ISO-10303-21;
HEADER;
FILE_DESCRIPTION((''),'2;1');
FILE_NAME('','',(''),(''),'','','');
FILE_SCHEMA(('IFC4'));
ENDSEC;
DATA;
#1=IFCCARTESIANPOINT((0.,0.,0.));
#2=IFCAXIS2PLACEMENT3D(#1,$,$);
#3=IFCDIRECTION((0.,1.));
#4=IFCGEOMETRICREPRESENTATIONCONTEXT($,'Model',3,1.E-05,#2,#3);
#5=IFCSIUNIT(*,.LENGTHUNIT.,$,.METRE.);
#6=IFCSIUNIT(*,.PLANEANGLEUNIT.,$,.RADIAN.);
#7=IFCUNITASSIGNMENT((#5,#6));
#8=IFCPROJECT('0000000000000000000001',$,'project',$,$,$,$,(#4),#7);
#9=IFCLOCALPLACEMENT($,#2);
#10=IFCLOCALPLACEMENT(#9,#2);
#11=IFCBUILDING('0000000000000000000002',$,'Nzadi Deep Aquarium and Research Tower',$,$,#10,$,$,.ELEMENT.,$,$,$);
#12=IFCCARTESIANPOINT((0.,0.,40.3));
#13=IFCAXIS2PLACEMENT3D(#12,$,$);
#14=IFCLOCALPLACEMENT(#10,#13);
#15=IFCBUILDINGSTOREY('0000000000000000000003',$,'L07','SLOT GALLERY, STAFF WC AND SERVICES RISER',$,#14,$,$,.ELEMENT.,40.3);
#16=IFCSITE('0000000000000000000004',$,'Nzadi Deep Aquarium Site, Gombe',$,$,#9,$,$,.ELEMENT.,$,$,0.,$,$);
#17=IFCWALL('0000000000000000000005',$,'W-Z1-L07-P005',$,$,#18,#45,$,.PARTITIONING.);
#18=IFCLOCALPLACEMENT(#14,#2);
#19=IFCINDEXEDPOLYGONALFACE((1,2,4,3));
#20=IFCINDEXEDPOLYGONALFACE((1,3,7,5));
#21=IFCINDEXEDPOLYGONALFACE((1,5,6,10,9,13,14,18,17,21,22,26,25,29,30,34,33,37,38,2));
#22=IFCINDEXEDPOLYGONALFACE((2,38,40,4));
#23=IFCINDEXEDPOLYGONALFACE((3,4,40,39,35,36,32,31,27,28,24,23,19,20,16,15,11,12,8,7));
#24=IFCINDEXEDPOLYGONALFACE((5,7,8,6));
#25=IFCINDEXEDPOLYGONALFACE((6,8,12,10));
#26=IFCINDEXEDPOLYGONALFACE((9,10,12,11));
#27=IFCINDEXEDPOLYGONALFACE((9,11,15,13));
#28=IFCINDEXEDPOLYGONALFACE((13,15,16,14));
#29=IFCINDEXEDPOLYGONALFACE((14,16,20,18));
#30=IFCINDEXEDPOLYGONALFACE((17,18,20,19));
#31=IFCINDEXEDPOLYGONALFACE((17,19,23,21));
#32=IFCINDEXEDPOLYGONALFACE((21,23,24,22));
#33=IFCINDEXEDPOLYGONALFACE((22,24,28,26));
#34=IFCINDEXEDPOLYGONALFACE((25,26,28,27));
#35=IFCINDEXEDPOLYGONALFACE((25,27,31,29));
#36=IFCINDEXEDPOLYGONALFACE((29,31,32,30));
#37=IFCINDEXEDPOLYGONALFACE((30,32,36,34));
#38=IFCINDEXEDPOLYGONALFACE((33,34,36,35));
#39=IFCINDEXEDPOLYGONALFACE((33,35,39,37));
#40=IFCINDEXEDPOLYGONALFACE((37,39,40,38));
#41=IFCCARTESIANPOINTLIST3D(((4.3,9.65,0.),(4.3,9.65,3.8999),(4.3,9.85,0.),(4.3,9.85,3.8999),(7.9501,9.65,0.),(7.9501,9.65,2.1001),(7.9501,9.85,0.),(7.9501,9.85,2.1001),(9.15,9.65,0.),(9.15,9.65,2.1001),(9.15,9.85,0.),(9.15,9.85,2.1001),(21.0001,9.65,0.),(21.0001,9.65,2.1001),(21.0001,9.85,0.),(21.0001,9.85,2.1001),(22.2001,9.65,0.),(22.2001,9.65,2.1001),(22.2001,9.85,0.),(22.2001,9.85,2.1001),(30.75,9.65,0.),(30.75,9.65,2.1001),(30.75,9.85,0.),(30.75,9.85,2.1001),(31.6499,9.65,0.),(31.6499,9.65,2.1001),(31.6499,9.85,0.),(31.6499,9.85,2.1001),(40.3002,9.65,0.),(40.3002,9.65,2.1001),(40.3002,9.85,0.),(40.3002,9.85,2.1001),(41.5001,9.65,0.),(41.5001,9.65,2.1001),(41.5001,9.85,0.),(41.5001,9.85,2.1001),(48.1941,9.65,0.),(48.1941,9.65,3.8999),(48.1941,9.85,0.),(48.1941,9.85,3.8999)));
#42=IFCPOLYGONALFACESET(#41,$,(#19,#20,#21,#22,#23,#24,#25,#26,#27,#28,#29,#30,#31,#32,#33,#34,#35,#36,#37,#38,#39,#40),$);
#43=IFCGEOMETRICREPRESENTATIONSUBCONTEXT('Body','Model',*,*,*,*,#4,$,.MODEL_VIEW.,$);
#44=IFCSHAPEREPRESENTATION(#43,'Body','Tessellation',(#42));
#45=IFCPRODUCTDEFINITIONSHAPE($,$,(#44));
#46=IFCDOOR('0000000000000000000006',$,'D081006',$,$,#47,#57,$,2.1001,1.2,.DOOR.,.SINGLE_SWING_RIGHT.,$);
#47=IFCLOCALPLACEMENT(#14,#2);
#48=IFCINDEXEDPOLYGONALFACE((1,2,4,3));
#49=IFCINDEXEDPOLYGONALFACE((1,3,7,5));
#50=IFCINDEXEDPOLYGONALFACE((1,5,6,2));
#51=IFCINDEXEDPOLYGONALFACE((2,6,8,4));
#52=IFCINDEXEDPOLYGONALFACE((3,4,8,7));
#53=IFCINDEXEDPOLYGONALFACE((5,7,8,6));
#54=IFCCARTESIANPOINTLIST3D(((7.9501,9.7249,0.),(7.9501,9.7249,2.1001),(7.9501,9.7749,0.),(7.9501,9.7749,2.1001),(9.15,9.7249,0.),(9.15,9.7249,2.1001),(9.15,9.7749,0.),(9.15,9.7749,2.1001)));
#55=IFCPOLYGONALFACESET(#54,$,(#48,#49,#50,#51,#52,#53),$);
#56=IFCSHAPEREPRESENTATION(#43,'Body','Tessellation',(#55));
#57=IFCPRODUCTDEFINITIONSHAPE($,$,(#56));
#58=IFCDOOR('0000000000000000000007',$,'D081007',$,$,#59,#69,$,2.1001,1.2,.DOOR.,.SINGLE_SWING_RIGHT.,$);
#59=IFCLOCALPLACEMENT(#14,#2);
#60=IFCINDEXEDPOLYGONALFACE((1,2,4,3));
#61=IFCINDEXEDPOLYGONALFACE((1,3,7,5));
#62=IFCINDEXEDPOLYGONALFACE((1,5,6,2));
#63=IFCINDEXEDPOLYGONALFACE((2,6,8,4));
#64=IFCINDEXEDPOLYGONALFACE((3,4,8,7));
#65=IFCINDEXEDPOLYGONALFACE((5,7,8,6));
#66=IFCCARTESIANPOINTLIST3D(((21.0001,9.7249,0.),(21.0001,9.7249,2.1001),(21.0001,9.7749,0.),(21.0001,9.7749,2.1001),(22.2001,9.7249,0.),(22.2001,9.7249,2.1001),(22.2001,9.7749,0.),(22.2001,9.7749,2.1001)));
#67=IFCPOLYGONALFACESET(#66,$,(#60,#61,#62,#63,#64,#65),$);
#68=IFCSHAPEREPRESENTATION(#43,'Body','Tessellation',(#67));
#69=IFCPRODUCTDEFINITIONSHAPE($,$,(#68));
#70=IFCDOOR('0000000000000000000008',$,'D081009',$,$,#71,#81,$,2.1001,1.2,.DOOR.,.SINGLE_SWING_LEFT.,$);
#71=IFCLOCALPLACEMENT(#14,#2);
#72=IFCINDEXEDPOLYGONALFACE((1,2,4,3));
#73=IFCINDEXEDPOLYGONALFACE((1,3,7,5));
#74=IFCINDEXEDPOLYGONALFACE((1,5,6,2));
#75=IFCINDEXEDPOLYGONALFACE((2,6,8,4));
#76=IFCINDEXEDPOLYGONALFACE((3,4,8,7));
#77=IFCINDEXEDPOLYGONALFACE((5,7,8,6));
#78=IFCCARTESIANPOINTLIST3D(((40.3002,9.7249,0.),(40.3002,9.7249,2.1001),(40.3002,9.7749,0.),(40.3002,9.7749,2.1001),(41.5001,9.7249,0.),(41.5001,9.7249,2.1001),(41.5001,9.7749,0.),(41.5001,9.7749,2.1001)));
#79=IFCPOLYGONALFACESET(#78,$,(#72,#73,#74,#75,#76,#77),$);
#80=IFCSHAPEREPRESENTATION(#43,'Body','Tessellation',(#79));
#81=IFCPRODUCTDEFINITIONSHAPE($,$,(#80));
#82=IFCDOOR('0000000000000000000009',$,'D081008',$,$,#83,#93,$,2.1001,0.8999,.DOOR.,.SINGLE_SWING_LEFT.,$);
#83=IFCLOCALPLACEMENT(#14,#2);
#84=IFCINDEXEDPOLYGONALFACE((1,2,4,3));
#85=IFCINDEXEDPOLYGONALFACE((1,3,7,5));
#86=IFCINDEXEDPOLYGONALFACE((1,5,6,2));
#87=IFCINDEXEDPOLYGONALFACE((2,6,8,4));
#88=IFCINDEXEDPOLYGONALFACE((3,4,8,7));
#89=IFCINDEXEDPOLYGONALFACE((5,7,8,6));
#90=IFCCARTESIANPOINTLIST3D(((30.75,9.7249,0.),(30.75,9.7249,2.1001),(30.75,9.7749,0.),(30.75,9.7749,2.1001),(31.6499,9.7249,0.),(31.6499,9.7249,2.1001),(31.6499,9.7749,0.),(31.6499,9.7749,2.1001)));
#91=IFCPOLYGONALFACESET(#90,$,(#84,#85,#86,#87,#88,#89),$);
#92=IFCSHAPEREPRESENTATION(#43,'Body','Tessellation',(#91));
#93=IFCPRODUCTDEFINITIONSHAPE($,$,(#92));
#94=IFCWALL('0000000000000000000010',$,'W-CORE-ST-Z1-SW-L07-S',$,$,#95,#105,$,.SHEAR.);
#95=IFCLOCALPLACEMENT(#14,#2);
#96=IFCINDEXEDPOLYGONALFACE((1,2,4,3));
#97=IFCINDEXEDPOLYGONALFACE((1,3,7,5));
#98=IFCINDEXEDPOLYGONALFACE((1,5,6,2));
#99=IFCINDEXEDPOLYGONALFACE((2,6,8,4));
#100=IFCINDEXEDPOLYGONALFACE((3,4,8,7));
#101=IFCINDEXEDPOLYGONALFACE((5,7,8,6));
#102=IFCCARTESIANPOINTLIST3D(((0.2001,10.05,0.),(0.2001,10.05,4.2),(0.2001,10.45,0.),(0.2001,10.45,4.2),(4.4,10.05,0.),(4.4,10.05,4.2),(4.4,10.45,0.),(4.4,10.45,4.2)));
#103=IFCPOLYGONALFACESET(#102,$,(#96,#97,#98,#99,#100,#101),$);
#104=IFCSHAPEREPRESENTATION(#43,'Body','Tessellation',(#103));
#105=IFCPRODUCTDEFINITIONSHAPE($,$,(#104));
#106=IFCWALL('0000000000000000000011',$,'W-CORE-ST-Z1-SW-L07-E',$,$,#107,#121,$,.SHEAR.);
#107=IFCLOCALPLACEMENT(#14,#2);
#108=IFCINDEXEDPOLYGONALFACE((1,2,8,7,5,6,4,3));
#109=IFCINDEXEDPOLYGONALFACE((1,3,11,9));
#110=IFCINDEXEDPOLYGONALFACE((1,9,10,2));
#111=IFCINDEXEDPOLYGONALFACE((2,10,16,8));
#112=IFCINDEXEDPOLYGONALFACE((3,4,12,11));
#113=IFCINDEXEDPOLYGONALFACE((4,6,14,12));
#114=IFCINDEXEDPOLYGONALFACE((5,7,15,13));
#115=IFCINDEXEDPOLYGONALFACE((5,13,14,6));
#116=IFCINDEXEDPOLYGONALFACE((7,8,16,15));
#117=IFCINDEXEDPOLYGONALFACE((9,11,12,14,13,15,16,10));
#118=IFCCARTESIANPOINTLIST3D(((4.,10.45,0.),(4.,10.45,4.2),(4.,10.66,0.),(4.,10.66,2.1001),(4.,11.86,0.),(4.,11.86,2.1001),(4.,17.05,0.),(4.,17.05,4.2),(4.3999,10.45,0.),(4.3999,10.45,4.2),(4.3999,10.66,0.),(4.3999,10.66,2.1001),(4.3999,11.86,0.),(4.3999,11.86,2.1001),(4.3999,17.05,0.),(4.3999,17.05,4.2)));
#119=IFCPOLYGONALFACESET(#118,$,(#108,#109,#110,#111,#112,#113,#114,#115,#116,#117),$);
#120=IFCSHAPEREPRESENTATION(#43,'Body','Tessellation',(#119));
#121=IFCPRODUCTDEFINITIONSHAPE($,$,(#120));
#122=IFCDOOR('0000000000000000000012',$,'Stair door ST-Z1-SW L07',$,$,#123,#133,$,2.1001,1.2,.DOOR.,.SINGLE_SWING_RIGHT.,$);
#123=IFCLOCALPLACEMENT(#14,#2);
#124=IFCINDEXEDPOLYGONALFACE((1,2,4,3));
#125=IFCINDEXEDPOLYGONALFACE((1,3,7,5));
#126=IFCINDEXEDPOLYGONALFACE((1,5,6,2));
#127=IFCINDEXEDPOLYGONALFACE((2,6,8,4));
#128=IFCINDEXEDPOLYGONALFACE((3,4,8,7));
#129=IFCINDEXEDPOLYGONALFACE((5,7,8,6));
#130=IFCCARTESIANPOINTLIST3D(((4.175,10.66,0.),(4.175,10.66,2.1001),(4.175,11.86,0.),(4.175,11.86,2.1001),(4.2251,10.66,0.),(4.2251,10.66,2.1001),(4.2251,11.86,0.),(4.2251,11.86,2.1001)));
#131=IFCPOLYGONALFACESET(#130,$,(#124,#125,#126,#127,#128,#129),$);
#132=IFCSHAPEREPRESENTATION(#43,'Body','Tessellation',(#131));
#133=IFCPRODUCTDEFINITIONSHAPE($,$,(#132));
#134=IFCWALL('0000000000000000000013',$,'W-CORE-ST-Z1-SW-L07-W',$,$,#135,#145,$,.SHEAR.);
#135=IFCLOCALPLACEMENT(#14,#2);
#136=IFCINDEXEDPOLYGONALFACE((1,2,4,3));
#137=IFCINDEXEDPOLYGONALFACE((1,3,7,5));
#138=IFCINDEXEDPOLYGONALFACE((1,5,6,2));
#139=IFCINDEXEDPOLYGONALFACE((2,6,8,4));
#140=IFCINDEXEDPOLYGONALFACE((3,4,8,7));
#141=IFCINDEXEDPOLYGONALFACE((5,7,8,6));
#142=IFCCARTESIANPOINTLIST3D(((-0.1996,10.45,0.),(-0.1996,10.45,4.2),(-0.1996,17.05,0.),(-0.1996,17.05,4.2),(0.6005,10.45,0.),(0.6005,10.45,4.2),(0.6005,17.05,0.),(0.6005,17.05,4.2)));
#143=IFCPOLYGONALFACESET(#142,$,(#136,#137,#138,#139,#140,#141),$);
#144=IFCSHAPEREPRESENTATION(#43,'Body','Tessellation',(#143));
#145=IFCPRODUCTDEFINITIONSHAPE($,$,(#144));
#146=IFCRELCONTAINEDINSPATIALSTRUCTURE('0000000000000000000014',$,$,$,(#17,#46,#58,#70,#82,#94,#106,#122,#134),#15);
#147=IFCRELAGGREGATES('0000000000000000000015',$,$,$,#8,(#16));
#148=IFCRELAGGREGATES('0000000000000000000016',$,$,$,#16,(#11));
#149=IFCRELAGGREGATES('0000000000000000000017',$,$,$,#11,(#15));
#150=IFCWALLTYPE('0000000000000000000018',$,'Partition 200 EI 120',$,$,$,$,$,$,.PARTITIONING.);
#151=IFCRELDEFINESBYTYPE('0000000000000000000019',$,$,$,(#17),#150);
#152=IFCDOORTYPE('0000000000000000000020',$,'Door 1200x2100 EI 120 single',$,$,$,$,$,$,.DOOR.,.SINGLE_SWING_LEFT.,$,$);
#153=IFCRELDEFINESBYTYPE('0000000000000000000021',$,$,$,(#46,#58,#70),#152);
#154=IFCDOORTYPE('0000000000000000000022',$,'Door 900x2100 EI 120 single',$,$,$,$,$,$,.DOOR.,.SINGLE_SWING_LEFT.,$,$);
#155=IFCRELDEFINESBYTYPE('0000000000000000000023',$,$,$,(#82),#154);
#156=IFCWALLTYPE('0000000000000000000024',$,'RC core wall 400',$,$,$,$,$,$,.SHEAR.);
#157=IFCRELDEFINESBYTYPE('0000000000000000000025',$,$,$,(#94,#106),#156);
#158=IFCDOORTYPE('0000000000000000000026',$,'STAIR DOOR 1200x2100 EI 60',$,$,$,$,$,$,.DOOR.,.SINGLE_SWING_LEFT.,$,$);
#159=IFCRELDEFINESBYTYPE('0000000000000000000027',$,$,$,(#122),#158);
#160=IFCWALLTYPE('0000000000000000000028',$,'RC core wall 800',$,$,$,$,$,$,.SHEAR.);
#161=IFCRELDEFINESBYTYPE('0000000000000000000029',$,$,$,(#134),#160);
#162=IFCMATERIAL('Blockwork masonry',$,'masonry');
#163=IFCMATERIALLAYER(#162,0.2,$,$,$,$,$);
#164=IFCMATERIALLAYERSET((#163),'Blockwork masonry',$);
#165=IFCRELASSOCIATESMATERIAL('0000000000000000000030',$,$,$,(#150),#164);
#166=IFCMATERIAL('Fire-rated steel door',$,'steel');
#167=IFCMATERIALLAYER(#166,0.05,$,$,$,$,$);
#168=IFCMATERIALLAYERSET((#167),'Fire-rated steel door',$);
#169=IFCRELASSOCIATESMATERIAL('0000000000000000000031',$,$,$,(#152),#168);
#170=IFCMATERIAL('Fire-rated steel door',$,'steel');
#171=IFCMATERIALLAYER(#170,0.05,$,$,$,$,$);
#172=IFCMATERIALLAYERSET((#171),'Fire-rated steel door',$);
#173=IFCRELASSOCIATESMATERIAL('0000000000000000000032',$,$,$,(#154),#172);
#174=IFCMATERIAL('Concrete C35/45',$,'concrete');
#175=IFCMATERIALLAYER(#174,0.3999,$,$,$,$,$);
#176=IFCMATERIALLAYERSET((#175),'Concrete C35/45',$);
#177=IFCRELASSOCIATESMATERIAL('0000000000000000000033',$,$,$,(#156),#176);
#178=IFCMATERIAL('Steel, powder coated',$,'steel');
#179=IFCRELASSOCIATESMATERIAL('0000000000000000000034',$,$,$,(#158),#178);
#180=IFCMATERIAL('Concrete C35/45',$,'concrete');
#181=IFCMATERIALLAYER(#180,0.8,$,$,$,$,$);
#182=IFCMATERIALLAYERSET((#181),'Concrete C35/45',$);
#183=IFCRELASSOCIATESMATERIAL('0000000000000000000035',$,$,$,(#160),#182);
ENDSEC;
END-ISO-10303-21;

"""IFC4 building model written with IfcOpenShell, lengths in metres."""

from ifc_helpers import new_model, si_unit, direction, frame, frame_2d, origin, place, context, subcontext, project, spatial, rectangle, extrude, material, layer, layer_set, type_object, element, fill, save


model = new_model("IFC4")

# Units and contexts
model_context = context("Model", 3, precision=1e-05, world=origin(), true_north=direction((0.0, 1.0)))
body_context = subcontext(model_context, "Body", "Model", "MODEL_VIEW")
ifc_project = project(units=[si_unit("LENGTHUNIT", "METRE"), si_unit("PLANEANGLEUNIT", "RADIAN")], contexts=[model_context])

# Site, building, storey
site_placement = place(None, origin())
site = spatial("IfcSite", under=ifc_project, at=site_placement, Name="Nzadi Deep Aquarium Site, Gombe", CompositionType="ELEMENT", RefElevation=0.0)
building_placement = place(site_placement, origin())
building = spatial("IfcBuilding", under=site, at=building_placement, Name="Nzadi Deep Aquarium and Research Tower", CompositionType="ELEMENT")
storey_placement = place(building_placement, frame((0.0, 0.0, 40.3)))
storey = spatial("IfcBuildingStorey", under=building, at=storey_placement, Name="L07", Description="SLOT GALLERY, STAFF WC AND SERVICES RISER", CompositionType="ELEMENT", Elevation=40.3)

# Wall, openings, doors
ifc_material_1 = material(Name="Blockwork masonry", Category="masonry")
ifc_layer_1 = layer(ifc_material_1, 0.2)
ifc_layer_set_1 = layer_set([ifc_layer_1], Name="Blockwork masonry")
wall_type_1 = type_object("IfcWallType", Name="Partition 200 EI 120", PredefinedType="PARTITIONING", material=ifc_layer_set_1)
wall_1_placement = place(storey_placement, frame((4.3, 9.75, 0.0), z_axis=(0.0, 0.0, 1.0), x_axis=(1.0, 0.0, 0.0)))
wall_1 = element("IfcWall", 1, at=wall_1_placement, inside=storey, type_object=wall_type_1, Name="W-Z1-L07-P005", PredefinedType="PARTITIONING", context=body_context, shape_type="SweptSolid", body=[
    extrude(rectangle(XDim=43.894, YDim=0.2, at=frame_2d((21.947, 0.0))), origin(), (0.0, 0.0, 1.0), 3.8999),
])
opening_1_placement = place(wall_1_placement, frame((3.6499, 0.0, 0.0)))
opening_1 = element("IfcOpeningElement", 2, at=opening_1_placement, cuts=wall_1, PredefinedType="OPENING", context=body_context, shape_type="SweptSolid", body=[
    extrude(rectangle(XDim=1.2, YDim=2.1001, at=frame_2d((0.6001, 1.05))), frame((0.0, 0.1101, 0.0), z_axis=(0.0, -1.0, 0.0), x_axis=(1.0, 0.0, 0.0)), (0.0, 0.0, 1.0), 0.2202),
])
opening_2_placement = place(wall_1_placement, frame((16.7, 0.0, 0.0)))
opening_2 = element("IfcOpeningElement", 3, at=opening_2_placement, cuts=wall_1, PredefinedType="OPENING", context=body_context, shape_type="SweptSolid", body=[
    extrude(rectangle(XDim=1.2, YDim=2.1001, at=frame_2d((0.6001, 1.05))), frame((0.0, 0.1101, 0.0), z_axis=(0.0, -1.0, 0.0), x_axis=(1.0, 0.0, 0.0)), (0.0, 0.0, 1.0), 0.2202),
])
opening_3_placement = place(wall_1_placement, frame((26.45, 0.0, 0.0)))
opening_3 = element("IfcOpeningElement", 4, at=opening_3_placement, cuts=wall_1, PredefinedType="OPENING", context=body_context, shape_type="SweptSolid", body=[
    extrude(rectangle(XDim=0.8999, YDim=2.1001, at=frame_2d((0.45, 1.05))), frame((0.0, 0.1101, 0.0), z_axis=(0.0, -1.0, 0.0), x_axis=(1.0, 0.0, 0.0)), (0.0, 0.0, 1.0), 0.2202),
])
opening_4_placement = place(wall_1_placement, frame((36.0, 0.0, 0.0)))
opening_4 = element("IfcOpeningElement", 5, at=opening_4_placement, cuts=wall_1, PredefinedType="OPENING", context=body_context, shape_type="SweptSolid", body=[
    extrude(rectangle(XDim=1.2, YDim=2.1001, at=frame_2d((0.6001, 1.05))), frame((0.0, 0.1101, 0.0), z_axis=(0.0, -1.0, 0.0), x_axis=(1.0, 0.0, 0.0)), (0.0, 0.0, 1.0), 0.2202),
])
ifc_material_2 = material(Name="Fire-rated steel door", Category="steel")
ifc_layer_2 = layer(ifc_material_2, 0.05)
ifc_layer_set_2 = layer_set([ifc_layer_2], Name="Fire-rated steel door")
door_type_1 = type_object("IfcDoorType", Name="Door 1200x2100 EI 120 single", OperationType="SINGLE_SWING_LEFT", PredefinedType="DOOR", material=ifc_layer_set_2)
door_1_placement = place(opening_1_placement, origin())
door_1 = element("IfcDoor", 6, at=door_1_placement, inside=storey, type_object=door_type_1, Name="D081006", OperationType="SINGLE_SWING_RIGHT", OverallHeight=2.1001, OverallWidth=1.2, PredefinedType="DOOR", context=body_context, shape_type="SweptSolid", body=[
    extrude(rectangle(XDim=1.2, YDim=2.1001, at=frame_2d((0.6001, 1.05))), frame((0.0, 0.0249, 0.0), z_axis=(0.0, -1.0, 0.0), x_axis=(1.0, 0.0, 0.0)), (0.0, 0.0, 1.0), 0.05),
])
fill(opening_1, door_1)
door_2_placement = place(opening_2_placement, origin())
door_2 = element("IfcDoor", 7, at=door_2_placement, inside=storey, type_object=door_type_1, Name="D081007", OperationType="SINGLE_SWING_RIGHT", OverallHeight=2.1001, OverallWidth=1.2, PredefinedType="DOOR", context=body_context, shape_type="SweptSolid", body=[
    extrude(rectangle(XDim=1.2, YDim=2.1001, at=frame_2d((0.6001, 1.05))), frame((0.0, 0.0249, 0.0), z_axis=(0.0, -1.0, 0.0), x_axis=(1.0, 0.0, 0.0)), (0.0, 0.0, 1.0), 0.05),
])
fill(opening_2, door_2)
door_3_placement = place(opening_4_placement, origin())
door_3 = element("IfcDoor", 8, at=door_3_placement, inside=storey, type_object=door_type_1, Name="D081009", OperationType="SINGLE_SWING_LEFT", OverallHeight=2.1001, OverallWidth=1.2, PredefinedType="DOOR", context=body_context, shape_type="SweptSolid", body=[
    extrude(rectangle(XDim=1.2, YDim=2.1001, at=frame_2d((0.6001, 1.05))), frame((0.0, 0.0249, 0.0), z_axis=(0.0, -1.0, 0.0), x_axis=(1.0, 0.0, 0.0)), (0.0, 0.0, 1.0), 0.05),
])
fill(opening_4, door_3)
ifc_material_3 = material(Name="Fire-rated steel door", Category="steel")
ifc_layer_3 = layer(ifc_material_3, 0.05)
ifc_layer_set_3 = layer_set([ifc_layer_3], Name="Fire-rated steel door")
door_type_2 = type_object("IfcDoorType", Name="Door 900x2100 EI 120 single", OperationType="SINGLE_SWING_LEFT", PredefinedType="DOOR", material=ifc_layer_set_3)
door_4_placement = place(opening_3_placement, origin())
door_4 = element("IfcDoor", 9, at=door_4_placement, inside=storey, type_object=door_type_2, Name="D081008", OperationType="SINGLE_SWING_LEFT", OverallHeight=2.1001, OverallWidth=0.8999, PredefinedType="DOOR", context=body_context, shape_type="SweptSolid", body=[
    extrude(rectangle(XDim=0.8999, YDim=2.1001, at=frame_2d((0.45, 1.05))), frame((0.0, 0.0249, 0.0), z_axis=(0.0, -1.0, 0.0), x_axis=(1.0, 0.0, 0.0)), (0.0, 0.0, 1.0), 0.05),
])
fill(opening_3, door_4)

# Wall
ifc_material_4 = material(Name="Concrete C35/45", Category="concrete")
ifc_layer_4 = layer(ifc_material_4, 0.3999)
ifc_layer_set_4 = layer_set([ifc_layer_4], Name="Concrete C35/45")
wall_type_2 = type_object("IfcWallType", Name="RC core wall 400", PredefinedType="SHEAR", material=ifc_layer_set_4)
wall_2_placement = place(storey_placement, frame((0.2, 10.25, 0.0), z_axis=(0.0, 0.0, 1.0), x_axis=(1.0, 0.0, 0.0)))
element("IfcWall", 10, at=wall_2_placement, inside=storey, type_object=wall_type_2, Name="W-CORE-ST-Z1-SW-L07-S", PredefinedType="SHEAR", context=body_context, shape_type="SweptSolid", body=[
    extrude(rectangle(XDim=4.2, YDim=0.3999, at=frame_2d((2.1001, 0.0))), origin(), (0.0, 0.0, 1.0), 4.2),
])

# Wall, opening, door
wall_3_placement = place(storey_placement, frame((4.2, 10.45, 0.0), z_axis=(0.0, 0.0, 1.0), x_axis=(0.0, 1.0, 0.0)))
wall_3 = element("IfcWall", 11, at=wall_3_placement, inside=storey, type_object=wall_type_2, Name="W-CORE-ST-Z1-SW-L07-E", PredefinedType="SHEAR", context=body_context, shape_type="SweptSolid", body=[
    extrude(rectangle(XDim=6.6001, YDim=0.3999, at=frame_2d((3.3, 0.0))), origin(), (0.0, 0.0, 1.0), 4.2),
])
opening_5_placement = place(wall_3_placement, frame((0.21, 0.0, 0.0)))
opening_5 = element("IfcOpeningElement", 12, at=opening_5_placement, cuts=wall_3, PredefinedType="OPENING", context=body_context, shape_type="SweptSolid", body=[
    extrude(rectangle(XDim=1.2, YDim=2.1001, at=frame_2d((0.6001, 1.05))), frame((0.0, 0.21, 0.0), z_axis=(0.0, -1.0, 0.0), x_axis=(1.0, 0.0, 0.0)), (0.0, 0.0, 1.0), 0.4199),
])
ifc_material_5 = material(Name="Steel, powder coated", Category="steel")
door_type_3 = type_object("IfcDoorType", Name="STAIR DOOR 1200x2100 EI 60", OperationType="SINGLE_SWING_LEFT", PredefinedType="DOOR", material=ifc_material_5)
door_5_placement = place(opening_5_placement, origin())
door_5 = element("IfcDoor", 13, at=door_5_placement, inside=storey, type_object=door_type_3, Name="Stair door ST-Z1-SW L07", OperationType="SINGLE_SWING_RIGHT", OverallHeight=2.1001, OverallWidth=1.2, PredefinedType="DOOR", context=body_context, shape_type="SweptSolid", body=[
    extrude(rectangle(XDim=1.2, YDim=2.1001, at=frame_2d((0.6001, 1.05))), frame((0.0, 0.0249, 0.0), z_axis=(0.0, -1.0, 0.0), x_axis=(1.0, 0.0, 0.0)), (0.0, 0.0, 1.0), 0.05),
])
fill(opening_5, door_5)

# Wall
ifc_material_6 = material(Name="Concrete C35/45", Category="concrete")
ifc_layer_5 = layer(ifc_material_6, 0.8)
ifc_layer_set_5 = layer_set([ifc_layer_5], Name="Concrete C35/45")
wall_type_3 = type_object("IfcWallType", Name="RC core wall 800", PredefinedType="SHEAR", material=ifc_layer_set_5)
wall_4_placement = place(storey_placement, frame((0.2004, 10.45, 0.0), z_axis=(0.0, 0.0, 1.0), x_axis=(0.0, 1.0, 0.0)))
element("IfcWall", 14, at=wall_4_placement, inside=storey, type_object=wall_type_3, Name="W-CORE-ST-Z1-SW-L07-W", PredefinedType="SHEAR", context=body_context, shape_type="SweptSolid", body=[
    extrude(rectangle(XDim=6.6001, YDim=0.8, at=frame_2d((3.3, 0.0))), origin(), (0.0, 0.0, 1.0), 4.2),
])

save(model, "model.ifc")
